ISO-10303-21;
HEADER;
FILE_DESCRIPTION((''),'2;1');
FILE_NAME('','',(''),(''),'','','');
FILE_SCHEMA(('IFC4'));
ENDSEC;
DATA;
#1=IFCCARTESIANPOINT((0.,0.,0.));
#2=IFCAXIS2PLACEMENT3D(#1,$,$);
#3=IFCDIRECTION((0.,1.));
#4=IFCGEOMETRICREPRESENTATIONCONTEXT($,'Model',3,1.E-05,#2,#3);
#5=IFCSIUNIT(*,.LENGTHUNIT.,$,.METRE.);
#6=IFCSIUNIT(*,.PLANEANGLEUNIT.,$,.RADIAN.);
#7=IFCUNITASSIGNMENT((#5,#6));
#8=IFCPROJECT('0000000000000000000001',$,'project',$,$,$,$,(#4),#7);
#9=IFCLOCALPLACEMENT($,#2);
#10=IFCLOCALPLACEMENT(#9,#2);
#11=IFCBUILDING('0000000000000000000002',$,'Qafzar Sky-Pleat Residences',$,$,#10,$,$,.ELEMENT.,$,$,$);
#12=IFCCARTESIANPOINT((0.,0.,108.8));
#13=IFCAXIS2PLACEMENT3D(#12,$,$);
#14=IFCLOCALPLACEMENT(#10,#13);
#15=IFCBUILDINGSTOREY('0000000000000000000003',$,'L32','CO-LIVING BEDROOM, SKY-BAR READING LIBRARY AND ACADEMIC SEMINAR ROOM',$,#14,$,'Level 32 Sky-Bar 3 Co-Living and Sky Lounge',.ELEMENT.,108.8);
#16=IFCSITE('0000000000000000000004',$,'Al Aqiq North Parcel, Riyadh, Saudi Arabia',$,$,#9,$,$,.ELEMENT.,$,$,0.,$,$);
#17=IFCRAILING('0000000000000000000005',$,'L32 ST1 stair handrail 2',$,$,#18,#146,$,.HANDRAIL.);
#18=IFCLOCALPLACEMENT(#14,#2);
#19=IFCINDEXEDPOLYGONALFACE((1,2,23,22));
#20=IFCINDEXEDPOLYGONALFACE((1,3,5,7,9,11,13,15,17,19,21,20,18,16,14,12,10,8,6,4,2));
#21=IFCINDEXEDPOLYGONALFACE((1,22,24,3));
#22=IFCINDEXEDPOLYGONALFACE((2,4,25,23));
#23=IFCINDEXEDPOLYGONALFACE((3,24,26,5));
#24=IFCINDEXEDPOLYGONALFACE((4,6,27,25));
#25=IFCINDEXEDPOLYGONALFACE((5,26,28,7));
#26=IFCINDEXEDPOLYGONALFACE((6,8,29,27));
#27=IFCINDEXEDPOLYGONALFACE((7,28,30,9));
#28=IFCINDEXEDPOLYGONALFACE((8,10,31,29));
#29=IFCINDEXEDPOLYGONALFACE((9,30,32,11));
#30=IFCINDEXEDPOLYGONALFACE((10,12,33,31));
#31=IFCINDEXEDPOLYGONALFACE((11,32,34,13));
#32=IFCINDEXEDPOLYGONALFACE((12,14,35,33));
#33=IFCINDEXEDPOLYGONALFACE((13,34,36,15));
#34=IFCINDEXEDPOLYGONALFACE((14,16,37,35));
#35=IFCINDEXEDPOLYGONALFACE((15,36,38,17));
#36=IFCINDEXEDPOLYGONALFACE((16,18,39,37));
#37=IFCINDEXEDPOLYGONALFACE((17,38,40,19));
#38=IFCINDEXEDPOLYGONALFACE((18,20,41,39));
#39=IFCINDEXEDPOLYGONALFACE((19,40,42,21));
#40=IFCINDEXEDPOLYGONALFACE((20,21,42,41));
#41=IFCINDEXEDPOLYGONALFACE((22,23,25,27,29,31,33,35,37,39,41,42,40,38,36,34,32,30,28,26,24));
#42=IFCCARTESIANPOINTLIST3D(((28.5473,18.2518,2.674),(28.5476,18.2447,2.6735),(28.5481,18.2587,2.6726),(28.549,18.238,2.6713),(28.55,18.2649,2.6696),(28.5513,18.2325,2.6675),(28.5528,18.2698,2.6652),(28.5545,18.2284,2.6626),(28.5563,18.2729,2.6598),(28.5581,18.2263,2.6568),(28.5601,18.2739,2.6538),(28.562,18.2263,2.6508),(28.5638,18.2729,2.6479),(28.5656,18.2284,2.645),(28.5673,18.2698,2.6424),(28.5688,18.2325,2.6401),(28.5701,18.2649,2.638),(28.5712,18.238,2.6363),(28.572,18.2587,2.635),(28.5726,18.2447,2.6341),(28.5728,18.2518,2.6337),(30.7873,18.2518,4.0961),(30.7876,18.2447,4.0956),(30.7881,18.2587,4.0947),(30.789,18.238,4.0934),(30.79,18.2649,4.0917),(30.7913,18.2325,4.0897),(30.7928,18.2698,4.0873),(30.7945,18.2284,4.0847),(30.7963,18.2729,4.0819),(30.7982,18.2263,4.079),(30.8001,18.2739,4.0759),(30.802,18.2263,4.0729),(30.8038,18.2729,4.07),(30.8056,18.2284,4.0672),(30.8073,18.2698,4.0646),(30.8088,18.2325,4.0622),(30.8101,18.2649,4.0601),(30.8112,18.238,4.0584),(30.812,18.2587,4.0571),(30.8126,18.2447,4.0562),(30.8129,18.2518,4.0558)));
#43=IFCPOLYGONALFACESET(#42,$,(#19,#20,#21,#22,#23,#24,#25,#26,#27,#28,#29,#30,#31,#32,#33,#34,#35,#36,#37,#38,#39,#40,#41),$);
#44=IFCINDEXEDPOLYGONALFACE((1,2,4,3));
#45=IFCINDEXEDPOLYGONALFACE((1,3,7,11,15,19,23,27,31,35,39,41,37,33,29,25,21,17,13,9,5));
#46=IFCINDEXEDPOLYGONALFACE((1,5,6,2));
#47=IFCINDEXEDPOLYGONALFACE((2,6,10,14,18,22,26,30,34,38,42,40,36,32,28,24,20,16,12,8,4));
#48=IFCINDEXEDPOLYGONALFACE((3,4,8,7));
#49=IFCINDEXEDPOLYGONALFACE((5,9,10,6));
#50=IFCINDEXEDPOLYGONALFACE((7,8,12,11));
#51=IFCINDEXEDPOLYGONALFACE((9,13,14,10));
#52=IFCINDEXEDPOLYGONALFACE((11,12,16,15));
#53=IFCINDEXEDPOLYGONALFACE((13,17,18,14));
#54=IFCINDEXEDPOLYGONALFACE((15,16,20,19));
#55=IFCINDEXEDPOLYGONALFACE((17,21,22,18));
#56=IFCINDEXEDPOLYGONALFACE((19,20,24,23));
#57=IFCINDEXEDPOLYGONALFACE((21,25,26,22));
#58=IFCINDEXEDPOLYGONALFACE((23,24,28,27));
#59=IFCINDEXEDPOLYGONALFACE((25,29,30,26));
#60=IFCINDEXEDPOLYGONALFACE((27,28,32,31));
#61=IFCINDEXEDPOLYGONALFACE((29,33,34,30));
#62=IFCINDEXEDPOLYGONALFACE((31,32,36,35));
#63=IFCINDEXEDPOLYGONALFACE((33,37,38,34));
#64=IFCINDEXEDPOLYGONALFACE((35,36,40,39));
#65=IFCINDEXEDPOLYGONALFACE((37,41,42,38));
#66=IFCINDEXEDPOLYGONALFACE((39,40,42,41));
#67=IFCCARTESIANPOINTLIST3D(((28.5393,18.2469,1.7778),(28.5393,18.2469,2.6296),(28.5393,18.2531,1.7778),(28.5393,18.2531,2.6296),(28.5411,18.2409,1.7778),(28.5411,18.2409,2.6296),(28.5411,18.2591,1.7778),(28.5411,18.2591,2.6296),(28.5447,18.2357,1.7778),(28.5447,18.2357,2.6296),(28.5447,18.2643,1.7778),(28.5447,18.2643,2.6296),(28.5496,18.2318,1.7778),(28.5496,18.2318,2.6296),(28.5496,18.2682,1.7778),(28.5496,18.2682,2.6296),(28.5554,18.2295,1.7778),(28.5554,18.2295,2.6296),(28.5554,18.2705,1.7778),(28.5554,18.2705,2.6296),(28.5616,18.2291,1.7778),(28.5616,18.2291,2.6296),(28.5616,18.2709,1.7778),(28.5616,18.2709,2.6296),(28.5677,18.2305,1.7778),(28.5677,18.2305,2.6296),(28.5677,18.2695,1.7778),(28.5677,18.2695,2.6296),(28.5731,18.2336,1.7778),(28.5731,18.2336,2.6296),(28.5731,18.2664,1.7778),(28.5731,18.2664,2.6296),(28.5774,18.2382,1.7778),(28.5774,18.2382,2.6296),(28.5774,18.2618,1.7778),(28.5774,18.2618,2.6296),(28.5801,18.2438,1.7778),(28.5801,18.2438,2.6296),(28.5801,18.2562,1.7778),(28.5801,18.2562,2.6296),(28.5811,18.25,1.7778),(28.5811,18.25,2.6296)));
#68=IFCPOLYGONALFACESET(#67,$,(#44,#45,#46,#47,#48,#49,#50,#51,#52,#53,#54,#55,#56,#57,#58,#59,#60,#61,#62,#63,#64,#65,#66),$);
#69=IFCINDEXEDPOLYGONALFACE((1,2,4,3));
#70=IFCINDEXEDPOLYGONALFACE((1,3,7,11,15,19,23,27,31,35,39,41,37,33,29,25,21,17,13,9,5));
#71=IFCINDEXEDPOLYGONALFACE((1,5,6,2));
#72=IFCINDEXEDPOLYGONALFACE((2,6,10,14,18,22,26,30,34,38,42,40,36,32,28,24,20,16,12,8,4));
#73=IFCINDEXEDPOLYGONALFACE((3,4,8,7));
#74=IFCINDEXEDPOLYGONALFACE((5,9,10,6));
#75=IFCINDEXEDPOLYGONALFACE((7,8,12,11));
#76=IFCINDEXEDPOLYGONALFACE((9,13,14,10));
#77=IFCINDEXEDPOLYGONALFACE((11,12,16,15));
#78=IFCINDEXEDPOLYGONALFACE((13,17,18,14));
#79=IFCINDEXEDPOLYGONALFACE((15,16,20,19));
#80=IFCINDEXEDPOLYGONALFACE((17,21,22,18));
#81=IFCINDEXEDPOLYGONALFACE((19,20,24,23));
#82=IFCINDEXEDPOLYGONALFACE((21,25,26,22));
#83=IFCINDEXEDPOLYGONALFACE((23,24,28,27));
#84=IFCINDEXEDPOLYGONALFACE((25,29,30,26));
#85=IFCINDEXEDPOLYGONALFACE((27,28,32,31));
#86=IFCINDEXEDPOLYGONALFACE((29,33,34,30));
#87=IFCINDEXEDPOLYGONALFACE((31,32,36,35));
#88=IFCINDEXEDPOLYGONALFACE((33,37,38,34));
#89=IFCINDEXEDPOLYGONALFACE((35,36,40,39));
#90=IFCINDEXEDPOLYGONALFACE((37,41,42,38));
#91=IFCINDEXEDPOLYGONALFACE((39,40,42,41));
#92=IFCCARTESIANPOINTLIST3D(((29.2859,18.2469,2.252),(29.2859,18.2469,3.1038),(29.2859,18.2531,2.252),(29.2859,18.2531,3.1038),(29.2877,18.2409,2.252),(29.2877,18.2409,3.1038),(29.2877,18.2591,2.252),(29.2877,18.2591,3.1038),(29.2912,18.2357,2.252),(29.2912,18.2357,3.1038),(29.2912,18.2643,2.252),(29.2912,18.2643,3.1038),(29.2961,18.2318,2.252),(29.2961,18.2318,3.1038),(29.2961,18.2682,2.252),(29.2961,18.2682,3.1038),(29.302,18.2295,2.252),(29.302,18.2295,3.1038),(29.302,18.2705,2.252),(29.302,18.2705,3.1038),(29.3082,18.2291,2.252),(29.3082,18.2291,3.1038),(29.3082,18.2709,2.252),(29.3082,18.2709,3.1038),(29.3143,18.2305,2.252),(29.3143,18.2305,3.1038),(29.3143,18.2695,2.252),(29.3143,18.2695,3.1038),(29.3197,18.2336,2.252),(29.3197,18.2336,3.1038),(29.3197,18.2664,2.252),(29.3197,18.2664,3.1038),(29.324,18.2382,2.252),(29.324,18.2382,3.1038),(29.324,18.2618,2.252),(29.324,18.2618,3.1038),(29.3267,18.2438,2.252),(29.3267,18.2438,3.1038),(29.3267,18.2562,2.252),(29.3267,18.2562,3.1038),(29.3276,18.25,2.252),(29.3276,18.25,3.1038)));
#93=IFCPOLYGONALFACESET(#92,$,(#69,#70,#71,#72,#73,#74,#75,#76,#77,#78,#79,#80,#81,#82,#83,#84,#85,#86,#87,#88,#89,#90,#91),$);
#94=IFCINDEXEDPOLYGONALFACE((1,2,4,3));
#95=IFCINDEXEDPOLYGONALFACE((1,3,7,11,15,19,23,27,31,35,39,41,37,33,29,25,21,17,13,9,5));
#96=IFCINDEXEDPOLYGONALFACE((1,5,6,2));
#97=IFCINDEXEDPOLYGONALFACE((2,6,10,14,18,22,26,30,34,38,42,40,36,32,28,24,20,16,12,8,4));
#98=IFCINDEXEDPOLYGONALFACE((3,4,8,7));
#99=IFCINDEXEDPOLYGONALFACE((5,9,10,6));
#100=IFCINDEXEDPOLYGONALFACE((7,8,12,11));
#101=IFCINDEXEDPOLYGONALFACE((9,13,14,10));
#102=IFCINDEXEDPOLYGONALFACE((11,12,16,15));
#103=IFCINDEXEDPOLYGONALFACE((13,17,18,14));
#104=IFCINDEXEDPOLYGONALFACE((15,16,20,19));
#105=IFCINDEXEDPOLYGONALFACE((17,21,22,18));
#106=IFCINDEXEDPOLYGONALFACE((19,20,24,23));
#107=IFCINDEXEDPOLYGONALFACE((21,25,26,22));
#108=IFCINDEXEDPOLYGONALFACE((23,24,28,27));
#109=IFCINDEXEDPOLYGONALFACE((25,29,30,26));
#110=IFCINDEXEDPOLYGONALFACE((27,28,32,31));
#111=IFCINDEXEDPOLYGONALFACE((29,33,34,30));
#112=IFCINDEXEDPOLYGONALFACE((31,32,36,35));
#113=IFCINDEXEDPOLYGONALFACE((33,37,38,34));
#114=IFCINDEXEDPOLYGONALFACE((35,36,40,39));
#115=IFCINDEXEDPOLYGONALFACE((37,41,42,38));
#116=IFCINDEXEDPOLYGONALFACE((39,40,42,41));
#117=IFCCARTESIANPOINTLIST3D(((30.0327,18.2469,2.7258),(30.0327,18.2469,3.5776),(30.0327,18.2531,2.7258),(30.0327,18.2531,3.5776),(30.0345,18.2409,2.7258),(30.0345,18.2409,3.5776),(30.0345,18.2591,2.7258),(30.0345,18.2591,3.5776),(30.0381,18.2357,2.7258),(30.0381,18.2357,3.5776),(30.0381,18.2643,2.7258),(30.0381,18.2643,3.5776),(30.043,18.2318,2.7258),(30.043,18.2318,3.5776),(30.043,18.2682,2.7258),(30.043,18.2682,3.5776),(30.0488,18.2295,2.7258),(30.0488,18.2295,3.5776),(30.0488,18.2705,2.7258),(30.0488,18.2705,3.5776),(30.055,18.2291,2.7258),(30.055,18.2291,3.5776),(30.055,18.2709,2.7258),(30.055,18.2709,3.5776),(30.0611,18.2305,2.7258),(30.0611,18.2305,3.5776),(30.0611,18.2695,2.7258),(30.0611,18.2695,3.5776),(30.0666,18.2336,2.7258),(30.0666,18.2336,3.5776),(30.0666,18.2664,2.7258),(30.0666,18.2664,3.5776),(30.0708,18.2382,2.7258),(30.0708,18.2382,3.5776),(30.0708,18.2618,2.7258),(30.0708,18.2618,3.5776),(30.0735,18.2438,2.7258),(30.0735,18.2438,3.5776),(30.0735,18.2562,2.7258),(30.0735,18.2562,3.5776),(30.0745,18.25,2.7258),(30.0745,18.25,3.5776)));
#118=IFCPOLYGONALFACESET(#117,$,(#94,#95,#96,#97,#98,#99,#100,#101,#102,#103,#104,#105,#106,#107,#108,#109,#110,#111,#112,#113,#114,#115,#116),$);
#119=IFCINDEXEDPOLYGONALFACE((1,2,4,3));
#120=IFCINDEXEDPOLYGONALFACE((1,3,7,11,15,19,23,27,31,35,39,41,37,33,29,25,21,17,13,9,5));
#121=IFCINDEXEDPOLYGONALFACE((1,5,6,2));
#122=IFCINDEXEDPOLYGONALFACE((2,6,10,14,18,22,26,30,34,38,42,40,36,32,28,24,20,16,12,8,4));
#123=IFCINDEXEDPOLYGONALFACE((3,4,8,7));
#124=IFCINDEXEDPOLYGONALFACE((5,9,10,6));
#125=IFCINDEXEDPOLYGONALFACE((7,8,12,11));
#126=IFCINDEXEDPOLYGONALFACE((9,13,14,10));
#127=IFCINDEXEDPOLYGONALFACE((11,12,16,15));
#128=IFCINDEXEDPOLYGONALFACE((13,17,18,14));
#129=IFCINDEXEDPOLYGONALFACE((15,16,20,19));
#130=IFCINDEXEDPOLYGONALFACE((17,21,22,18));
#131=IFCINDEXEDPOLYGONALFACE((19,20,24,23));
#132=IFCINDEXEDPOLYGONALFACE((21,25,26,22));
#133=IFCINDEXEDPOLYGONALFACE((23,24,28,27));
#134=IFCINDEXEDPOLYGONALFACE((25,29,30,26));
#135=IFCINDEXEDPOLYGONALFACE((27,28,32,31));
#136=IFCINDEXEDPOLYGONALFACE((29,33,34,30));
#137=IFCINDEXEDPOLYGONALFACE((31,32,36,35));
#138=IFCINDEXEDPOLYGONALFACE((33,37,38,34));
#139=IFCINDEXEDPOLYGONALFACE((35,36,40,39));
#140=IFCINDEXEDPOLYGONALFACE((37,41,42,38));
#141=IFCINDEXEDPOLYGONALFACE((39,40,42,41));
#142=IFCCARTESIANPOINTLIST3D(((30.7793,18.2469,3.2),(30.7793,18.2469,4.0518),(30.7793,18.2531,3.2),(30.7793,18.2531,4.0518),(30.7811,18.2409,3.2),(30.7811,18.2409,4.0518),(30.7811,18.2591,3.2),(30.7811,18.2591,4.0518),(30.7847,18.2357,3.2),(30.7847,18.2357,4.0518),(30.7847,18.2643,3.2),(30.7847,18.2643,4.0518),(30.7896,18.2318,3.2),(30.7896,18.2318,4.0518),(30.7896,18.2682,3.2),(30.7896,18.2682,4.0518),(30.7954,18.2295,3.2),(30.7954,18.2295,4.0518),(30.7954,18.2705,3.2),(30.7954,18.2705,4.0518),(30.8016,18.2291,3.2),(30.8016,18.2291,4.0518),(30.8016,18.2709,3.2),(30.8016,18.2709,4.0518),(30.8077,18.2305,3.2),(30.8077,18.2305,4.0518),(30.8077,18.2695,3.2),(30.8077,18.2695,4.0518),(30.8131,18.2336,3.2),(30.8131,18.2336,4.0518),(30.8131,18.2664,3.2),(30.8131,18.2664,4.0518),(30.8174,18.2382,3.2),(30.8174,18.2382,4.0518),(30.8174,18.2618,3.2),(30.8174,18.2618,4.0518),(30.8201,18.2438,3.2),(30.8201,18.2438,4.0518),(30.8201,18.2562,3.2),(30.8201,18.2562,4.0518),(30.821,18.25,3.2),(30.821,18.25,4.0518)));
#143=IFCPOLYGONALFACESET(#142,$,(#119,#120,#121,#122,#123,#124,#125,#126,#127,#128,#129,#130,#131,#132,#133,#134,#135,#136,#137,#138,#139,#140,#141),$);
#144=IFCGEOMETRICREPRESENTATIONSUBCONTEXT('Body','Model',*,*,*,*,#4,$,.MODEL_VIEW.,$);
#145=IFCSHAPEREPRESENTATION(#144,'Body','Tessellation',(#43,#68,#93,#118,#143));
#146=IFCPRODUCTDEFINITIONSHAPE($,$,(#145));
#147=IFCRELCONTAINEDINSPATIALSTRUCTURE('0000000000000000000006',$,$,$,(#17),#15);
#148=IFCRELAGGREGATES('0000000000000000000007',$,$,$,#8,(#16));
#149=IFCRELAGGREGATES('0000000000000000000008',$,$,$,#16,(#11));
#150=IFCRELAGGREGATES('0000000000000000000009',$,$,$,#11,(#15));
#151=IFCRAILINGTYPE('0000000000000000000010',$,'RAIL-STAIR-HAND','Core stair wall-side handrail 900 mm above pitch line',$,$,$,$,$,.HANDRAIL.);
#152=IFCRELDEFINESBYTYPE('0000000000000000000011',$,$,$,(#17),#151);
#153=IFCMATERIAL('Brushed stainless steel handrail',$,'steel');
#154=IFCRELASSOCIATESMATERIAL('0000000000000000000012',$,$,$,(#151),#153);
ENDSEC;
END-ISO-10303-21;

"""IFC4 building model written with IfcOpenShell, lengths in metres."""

from ifc_helpers import new_model, si_unit, direction, frame, origin, origin_2d, place, context, subcontext, project, spatial, circle, extrude, source, transform, mapped, material, type_object, element, save


model = new_model("IFC4")

# Units and contexts
model_context = context("Model", 3, precision=1e-05, world=origin(), true_north=direction((0.0, 1.0)))
body_context = subcontext(model_context, "Body", "Model", "MODEL_VIEW")
ifc_project = project(units=[si_unit("LENGTHUNIT", "METRE"), si_unit("PLANEANGLEUNIT", "RADIAN")], contexts=[model_context])

# Site, building, storey
site_placement = place(None, origin())
site = spatial("IfcSite", under=ifc_project, at=site_placement, Name="Al Aqiq North Parcel, Riyadh, Saudi Arabia", CompositionType="ELEMENT", RefElevation=0.0)
building_placement = place(site_placement, origin())
building = spatial("IfcBuilding", under=site, at=building_placement, Name="Qafzar Sky-Pleat Residences", CompositionType="ELEMENT")
storey_placement = place(building_placement, frame((0.0, 0.0, 108.8)))
storey = spatial("IfcBuildingStorey", under=building, at=storey_placement, Name="L32", Description="CO-LIVING BEDROOM, SKY-BAR READING LIBRARY AND ACADEMIC SEMINAR ROOM", LongName="Level 32 Sky-Bar 3 Co-Living and Sky Lounge", CompositionType="ELEMENT", Elevation=108.8)

# Railing
ifc_material_1 = material(Name="Brushed stainless steel handrail", Category="steel")
railing_type_1 = type_object("IfcRailingType", Name="RAIL-STAIR-HAND", Description="Core stair wall-side handrail 900 mm above pitch line", PredefinedType="HANDRAIL", material=ifc_material_1)
shared_shape_1 = source(origin(), body_context, "Body", "SweptSolid", [
    extrude(circle(Radius=0.0239, at=origin_2d()), frame((0.0, 0.0, 0.876), z_axis=(0.844229, 0.0, 0.535982), x_axis=(0.0, 1.0, 0.0)), (0.0, 0.0, 1.0), 2.6533),
    extrude(circle(Radius=0.021, at=origin_2d()), origin(), (0.0, 0.0, 1.0), 0.8518),
    extrude(circle(Radius=0.021, at=origin_2d()), frame((0.7466, 0.0, 0.4741)), (0.0, 0.0, 1.0), 0.8518),
    extrude(circle(Radius=0.021, at=origin_2d()), frame((1.4934, 0.0, 0.948)), (0.0, 0.0, 1.0), 0.8518),
    extrude(circle(Radius=0.021, at=origin_2d()), frame((2.24, 0.0, 1.4221)), (0.0, 0.0, 1.0), 0.8518),
])
railing_1_placement = place(storey_placement, frame((28.5601, 18.25, 1.7778)))
element("IfcRailing", 1, at=railing_1_placement, inside=storey, type_object=railing_type_1, Name="L32 ST1 stair handrail 2", PredefinedType="HANDRAIL", context=body_context, shape_type="MappedRepresentation", body=[
    mapped(shared_shape_1, transform((0.0, 0.0, 0.0), x_axis=(1.0, 0.0, 0.0), y_axis=(0.0, 1.0, 0.0), z_axis=(0.0, 0.0, 1.0), scale=1.0)),
])

save(model, "model.ifc")
